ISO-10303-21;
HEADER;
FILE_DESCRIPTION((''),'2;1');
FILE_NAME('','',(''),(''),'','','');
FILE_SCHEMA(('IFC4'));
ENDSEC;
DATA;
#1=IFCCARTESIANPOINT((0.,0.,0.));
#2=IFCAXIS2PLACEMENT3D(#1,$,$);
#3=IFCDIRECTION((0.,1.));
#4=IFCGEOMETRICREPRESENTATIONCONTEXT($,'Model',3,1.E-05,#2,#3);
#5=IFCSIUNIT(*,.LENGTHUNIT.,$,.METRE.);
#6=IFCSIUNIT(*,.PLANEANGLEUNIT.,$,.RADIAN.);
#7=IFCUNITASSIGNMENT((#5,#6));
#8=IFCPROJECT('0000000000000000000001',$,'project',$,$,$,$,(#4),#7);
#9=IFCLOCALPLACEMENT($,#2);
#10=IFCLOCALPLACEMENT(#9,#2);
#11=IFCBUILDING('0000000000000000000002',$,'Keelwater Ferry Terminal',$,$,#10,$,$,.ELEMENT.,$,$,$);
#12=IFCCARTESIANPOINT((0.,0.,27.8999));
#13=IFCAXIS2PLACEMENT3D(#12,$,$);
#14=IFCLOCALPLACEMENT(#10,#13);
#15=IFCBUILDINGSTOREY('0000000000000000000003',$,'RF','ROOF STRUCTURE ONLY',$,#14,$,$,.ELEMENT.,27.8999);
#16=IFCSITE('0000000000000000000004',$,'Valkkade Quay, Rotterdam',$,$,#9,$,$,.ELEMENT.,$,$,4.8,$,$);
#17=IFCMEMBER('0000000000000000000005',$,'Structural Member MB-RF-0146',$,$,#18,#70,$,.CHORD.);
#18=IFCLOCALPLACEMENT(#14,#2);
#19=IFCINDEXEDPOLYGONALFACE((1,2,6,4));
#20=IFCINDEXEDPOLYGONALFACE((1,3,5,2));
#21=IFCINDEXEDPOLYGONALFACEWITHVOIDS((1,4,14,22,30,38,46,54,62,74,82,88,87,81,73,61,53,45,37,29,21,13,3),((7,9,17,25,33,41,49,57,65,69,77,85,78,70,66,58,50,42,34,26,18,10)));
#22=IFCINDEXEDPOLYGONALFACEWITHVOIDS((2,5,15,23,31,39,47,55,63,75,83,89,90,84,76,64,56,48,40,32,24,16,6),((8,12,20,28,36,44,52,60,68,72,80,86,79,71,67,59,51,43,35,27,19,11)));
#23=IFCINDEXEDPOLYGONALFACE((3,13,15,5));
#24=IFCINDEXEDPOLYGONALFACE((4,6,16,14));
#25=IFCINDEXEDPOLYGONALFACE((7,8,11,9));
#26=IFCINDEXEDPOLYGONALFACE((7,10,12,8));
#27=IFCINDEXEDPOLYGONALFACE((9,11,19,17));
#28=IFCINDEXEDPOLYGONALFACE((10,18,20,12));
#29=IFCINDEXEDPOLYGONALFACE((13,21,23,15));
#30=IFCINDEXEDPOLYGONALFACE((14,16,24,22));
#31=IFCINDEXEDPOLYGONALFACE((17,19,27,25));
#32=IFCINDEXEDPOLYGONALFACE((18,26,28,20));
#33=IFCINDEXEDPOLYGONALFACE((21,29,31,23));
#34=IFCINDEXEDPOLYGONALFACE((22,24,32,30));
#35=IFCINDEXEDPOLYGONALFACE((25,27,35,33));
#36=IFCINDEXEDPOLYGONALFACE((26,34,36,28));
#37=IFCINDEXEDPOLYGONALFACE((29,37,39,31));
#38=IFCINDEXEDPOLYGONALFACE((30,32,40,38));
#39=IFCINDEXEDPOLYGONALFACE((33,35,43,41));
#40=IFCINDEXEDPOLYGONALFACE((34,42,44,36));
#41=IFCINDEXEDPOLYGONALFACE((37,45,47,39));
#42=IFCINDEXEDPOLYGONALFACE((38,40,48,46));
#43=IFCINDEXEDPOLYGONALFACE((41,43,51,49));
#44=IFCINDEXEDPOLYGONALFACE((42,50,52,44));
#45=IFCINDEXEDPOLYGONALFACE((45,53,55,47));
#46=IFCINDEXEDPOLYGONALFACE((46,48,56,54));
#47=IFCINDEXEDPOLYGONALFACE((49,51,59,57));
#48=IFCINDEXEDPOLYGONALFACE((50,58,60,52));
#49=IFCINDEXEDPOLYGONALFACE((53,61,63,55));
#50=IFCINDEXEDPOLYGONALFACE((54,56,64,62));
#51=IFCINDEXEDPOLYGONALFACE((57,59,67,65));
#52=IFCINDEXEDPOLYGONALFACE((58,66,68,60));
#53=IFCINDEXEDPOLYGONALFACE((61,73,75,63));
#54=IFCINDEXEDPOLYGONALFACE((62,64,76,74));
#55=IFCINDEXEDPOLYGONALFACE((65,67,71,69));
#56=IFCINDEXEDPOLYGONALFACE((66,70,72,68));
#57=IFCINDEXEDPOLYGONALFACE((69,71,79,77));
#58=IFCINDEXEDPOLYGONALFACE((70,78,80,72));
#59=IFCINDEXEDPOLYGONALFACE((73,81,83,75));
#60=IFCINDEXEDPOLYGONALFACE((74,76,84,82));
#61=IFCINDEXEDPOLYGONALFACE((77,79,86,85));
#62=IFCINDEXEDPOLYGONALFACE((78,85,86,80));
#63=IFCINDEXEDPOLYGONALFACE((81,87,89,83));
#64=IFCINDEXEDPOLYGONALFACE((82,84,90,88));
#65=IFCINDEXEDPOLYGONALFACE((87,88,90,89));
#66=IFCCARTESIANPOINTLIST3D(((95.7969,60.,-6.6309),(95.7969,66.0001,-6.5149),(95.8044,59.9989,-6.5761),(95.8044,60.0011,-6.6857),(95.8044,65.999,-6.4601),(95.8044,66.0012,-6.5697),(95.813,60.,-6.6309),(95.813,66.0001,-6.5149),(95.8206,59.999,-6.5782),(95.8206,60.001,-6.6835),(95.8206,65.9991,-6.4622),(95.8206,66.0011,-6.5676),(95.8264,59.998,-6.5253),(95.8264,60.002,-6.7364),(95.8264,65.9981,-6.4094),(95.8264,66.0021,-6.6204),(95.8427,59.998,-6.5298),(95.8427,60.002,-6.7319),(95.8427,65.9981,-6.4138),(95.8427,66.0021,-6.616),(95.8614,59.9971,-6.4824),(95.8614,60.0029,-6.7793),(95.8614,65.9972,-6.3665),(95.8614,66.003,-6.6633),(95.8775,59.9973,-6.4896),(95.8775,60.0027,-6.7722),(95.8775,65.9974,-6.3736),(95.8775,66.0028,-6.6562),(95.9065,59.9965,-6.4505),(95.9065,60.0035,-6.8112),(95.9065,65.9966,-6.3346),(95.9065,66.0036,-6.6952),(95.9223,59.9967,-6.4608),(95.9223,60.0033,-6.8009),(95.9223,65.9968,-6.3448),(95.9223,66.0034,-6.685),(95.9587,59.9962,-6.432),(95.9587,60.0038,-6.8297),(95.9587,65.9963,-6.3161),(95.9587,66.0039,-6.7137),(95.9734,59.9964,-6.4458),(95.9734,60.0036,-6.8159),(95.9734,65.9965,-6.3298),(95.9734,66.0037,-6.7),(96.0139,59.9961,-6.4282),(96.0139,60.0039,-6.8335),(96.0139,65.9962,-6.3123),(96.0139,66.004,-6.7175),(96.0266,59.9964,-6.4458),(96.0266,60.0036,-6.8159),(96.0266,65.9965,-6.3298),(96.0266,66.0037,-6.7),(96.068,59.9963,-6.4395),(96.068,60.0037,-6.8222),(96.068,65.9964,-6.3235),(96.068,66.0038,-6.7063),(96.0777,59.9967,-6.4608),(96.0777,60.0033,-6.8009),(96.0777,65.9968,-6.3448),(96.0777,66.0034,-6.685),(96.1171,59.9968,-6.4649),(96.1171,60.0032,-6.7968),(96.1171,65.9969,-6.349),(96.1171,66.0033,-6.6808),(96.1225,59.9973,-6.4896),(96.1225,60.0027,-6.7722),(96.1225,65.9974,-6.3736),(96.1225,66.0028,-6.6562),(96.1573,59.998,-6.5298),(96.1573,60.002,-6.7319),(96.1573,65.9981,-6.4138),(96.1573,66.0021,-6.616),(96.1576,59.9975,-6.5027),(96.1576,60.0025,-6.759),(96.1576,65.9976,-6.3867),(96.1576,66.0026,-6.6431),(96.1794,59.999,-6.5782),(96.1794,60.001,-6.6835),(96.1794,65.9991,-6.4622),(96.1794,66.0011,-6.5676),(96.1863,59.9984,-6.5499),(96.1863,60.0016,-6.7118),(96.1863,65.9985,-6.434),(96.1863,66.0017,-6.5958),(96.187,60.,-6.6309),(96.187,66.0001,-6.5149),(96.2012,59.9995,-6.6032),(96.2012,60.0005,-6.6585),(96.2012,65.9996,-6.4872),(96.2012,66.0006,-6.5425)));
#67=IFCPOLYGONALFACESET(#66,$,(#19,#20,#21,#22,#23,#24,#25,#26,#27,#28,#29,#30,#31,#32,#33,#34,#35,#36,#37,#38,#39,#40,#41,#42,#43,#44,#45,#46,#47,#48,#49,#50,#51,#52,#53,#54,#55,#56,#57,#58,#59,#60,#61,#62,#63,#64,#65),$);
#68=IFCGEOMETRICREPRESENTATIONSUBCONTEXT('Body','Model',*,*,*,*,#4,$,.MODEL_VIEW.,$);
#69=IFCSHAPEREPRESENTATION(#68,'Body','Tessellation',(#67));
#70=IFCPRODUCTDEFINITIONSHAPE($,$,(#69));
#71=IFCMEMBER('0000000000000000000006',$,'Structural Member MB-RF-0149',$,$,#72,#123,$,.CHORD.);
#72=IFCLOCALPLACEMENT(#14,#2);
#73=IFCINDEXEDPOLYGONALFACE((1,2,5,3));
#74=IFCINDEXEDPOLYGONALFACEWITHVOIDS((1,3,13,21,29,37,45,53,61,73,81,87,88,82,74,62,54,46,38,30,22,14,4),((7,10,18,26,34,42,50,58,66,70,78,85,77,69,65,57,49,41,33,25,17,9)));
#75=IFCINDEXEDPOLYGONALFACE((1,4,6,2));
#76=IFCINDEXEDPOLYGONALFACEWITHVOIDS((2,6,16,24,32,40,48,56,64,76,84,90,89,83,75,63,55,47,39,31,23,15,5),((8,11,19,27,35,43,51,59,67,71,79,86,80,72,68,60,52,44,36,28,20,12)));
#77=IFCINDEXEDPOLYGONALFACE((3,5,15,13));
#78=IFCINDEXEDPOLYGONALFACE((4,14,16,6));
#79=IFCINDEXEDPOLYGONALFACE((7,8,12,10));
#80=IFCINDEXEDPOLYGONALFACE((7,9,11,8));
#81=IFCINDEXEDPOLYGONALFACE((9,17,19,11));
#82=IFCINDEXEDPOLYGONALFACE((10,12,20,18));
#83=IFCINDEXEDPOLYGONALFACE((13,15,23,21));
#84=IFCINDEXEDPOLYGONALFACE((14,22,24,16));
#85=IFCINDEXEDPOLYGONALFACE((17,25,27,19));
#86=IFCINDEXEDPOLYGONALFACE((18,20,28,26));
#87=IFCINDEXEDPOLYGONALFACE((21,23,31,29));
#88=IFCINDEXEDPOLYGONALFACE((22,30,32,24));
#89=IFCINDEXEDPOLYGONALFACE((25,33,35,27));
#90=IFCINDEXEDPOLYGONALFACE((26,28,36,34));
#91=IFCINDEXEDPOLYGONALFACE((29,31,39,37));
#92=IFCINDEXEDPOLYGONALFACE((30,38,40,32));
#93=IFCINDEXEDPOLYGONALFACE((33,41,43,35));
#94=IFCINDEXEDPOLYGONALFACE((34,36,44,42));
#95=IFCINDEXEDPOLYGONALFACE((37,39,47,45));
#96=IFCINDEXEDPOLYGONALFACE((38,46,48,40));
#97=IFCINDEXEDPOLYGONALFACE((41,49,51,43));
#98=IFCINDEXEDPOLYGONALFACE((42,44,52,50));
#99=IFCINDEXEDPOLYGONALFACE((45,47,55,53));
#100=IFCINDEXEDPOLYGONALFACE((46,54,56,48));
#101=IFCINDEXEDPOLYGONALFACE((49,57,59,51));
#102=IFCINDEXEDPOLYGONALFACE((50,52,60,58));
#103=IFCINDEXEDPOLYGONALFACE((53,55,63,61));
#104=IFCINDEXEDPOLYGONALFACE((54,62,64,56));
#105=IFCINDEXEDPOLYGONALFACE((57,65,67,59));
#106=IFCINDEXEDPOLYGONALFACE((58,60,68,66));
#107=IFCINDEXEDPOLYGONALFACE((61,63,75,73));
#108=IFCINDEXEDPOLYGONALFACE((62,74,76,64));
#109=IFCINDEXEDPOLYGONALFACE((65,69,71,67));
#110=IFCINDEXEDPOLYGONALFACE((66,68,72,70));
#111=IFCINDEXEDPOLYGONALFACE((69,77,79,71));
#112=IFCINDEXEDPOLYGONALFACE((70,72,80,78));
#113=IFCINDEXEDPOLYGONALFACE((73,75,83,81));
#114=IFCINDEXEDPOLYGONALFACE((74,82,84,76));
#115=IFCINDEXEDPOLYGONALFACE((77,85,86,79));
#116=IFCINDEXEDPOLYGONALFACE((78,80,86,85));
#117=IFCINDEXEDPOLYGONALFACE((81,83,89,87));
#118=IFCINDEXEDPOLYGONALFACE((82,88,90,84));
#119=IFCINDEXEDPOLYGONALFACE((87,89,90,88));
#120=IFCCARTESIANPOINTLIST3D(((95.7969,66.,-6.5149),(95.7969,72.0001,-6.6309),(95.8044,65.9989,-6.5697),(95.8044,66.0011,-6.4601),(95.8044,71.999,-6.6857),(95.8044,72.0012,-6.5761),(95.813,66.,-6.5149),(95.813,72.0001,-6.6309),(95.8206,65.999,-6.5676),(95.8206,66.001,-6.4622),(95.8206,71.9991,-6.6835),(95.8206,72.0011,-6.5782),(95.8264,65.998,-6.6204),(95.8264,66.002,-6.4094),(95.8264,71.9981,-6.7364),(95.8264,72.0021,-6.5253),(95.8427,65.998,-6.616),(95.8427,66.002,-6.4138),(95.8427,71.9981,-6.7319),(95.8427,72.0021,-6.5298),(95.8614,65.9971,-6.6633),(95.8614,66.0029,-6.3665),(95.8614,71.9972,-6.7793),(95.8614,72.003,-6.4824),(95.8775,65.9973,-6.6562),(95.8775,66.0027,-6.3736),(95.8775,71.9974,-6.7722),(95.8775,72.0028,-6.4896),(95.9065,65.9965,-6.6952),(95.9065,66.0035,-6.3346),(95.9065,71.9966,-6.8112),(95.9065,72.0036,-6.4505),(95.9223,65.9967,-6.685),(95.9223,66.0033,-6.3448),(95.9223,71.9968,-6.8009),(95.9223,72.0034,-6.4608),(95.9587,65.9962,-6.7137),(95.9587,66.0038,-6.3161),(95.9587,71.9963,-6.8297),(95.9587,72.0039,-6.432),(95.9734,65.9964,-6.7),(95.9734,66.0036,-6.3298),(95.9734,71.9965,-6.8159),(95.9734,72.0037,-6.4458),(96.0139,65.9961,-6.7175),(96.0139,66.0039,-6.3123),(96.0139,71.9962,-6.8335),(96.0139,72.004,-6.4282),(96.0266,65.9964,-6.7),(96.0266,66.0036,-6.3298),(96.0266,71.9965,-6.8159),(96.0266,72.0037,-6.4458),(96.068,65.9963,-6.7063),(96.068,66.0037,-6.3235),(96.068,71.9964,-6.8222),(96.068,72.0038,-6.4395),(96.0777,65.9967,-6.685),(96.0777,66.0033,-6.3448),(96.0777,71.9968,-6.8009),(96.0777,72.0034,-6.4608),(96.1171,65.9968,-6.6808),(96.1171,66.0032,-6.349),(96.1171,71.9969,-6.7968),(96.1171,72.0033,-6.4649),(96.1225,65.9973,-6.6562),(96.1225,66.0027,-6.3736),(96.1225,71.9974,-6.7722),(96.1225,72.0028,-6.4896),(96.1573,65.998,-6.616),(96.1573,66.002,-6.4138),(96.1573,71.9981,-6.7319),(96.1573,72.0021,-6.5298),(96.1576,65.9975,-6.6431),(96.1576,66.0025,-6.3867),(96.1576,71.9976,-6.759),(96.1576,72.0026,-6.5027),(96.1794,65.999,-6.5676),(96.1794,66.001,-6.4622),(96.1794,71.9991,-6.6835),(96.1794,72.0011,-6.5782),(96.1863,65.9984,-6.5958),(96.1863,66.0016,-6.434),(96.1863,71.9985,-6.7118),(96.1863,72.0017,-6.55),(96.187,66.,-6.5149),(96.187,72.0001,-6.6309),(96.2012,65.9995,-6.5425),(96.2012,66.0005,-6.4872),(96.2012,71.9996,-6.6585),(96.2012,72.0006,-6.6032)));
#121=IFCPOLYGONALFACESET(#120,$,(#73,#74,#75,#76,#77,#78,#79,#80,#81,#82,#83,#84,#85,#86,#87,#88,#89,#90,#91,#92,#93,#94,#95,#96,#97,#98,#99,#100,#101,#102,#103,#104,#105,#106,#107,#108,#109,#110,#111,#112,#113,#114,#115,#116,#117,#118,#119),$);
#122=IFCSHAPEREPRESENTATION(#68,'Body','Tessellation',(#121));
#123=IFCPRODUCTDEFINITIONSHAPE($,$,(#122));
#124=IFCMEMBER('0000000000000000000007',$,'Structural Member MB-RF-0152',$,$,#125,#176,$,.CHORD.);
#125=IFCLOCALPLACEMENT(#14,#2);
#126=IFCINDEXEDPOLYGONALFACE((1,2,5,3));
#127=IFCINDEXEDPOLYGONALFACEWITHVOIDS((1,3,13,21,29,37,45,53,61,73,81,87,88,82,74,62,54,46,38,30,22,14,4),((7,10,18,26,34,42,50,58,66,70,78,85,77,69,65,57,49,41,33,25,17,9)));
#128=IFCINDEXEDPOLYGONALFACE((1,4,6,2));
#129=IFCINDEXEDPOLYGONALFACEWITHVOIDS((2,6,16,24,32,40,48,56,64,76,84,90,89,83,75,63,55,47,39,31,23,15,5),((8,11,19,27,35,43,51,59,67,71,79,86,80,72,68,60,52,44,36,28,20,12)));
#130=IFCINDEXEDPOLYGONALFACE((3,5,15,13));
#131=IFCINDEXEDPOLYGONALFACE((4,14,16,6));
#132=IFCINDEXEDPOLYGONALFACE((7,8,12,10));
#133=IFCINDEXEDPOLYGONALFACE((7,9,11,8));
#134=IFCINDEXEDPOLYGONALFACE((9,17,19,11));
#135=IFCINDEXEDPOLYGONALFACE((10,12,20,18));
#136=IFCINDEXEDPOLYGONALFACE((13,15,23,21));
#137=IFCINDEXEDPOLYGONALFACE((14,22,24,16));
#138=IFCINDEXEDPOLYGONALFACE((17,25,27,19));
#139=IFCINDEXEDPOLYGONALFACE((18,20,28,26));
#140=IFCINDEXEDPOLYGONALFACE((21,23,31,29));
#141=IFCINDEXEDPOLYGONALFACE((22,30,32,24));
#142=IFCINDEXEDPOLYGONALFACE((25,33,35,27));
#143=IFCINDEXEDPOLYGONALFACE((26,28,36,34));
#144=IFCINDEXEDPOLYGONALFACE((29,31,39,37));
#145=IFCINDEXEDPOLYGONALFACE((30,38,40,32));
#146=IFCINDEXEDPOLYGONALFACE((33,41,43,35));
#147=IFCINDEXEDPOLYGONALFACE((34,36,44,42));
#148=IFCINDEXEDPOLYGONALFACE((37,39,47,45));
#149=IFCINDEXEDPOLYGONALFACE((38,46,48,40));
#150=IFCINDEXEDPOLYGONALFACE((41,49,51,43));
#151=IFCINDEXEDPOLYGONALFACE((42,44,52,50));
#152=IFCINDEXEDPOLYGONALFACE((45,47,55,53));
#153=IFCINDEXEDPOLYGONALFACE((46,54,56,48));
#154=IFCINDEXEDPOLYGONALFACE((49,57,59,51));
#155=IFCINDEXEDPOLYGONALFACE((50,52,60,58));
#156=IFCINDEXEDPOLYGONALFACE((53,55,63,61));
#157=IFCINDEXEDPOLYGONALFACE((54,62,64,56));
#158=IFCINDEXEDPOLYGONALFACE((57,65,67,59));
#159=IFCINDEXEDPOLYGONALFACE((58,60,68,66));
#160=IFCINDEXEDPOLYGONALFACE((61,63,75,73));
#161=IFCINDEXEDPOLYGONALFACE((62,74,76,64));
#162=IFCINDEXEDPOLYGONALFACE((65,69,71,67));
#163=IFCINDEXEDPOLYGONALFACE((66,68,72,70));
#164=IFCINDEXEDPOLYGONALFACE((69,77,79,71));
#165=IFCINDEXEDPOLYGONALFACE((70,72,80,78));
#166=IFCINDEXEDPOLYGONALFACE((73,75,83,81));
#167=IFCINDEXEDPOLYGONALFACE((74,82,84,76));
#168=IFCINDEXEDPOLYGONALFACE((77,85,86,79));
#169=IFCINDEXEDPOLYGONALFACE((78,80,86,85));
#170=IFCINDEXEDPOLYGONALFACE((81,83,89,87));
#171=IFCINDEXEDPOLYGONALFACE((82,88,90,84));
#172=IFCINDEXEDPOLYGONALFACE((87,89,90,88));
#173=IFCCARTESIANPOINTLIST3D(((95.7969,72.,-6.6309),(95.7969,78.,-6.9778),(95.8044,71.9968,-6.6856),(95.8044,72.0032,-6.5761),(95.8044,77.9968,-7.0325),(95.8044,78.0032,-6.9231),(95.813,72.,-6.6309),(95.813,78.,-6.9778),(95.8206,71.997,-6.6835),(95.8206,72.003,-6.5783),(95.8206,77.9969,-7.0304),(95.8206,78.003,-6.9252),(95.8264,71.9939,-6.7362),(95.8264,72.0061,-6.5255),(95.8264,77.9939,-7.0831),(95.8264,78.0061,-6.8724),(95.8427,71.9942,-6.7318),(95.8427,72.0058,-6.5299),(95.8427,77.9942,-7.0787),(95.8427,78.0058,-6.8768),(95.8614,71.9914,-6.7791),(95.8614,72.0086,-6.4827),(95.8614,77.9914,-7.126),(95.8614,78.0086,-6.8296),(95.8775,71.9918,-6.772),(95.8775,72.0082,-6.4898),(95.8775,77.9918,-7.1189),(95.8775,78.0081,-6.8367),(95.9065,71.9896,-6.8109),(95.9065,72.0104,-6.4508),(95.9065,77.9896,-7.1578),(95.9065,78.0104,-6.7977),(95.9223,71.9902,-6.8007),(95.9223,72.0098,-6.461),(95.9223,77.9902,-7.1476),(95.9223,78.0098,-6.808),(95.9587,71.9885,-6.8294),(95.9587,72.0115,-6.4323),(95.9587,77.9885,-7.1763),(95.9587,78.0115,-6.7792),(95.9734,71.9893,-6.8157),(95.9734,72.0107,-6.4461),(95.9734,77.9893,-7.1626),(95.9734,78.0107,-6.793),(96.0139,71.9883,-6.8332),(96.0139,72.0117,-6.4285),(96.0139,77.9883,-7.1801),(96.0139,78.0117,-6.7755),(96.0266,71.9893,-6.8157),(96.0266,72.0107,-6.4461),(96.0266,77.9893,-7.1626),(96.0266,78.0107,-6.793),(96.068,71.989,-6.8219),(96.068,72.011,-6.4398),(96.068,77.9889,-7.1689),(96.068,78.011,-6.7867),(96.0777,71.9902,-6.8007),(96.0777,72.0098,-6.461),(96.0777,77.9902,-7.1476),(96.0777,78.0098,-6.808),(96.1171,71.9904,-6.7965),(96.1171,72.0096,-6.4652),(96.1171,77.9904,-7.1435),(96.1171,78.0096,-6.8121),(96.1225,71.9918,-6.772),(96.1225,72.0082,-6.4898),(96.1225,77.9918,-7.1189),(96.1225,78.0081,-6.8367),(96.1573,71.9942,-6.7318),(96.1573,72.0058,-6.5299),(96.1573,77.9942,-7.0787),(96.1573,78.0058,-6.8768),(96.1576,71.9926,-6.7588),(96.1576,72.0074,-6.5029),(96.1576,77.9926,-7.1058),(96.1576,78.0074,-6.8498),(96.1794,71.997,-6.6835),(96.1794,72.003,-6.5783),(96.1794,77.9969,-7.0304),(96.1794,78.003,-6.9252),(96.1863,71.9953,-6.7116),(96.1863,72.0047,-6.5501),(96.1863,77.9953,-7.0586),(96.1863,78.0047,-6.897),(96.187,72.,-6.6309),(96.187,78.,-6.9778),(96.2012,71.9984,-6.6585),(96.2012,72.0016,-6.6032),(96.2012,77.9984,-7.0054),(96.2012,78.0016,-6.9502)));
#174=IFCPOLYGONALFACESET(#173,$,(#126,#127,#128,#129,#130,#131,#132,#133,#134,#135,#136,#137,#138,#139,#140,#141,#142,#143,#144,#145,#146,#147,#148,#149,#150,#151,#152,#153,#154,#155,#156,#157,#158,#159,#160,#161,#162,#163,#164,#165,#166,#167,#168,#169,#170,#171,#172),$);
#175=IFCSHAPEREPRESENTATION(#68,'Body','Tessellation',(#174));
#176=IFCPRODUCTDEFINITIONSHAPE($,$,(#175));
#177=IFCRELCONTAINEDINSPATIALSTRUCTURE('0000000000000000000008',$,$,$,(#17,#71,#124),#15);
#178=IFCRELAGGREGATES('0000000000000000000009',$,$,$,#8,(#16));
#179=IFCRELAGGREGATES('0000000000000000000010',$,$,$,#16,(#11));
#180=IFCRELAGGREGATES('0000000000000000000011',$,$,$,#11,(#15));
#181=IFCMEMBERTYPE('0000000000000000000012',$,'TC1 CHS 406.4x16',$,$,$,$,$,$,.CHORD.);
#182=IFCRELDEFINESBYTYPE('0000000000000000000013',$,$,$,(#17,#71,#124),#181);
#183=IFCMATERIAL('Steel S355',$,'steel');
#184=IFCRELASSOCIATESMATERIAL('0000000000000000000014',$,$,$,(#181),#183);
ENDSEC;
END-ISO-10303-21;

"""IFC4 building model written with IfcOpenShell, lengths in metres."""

from ifc_helpers import new_model, si_unit, direction, frame, origin, origin_2d, place, context, subcontext, project, spatial, hollow_circle, extrude, material, material_profile, profile_set, type_object, element, save


model = new_model("IFC4")

# Units and contexts
model_context = context("Model", 3, precision=1e-05, world=origin(), true_north=direction((0.0, 1.0)))
body_context = subcontext(model_context, "Body", "Model", "MODEL_VIEW")
ifc_project = project(units=[si_unit("LENGTHUNIT", "METRE"), si_unit("PLANEANGLEUNIT", "RADIAN")], contexts=[model_context])

# Site, building, storey
site_placement = place(None, origin())
site = spatial("IfcSite", under=ifc_project, at=site_placement, Name="Valkkade Quay, Rotterdam", CompositionType="ELEMENT", RefElevation=4.8)
building_placement = place(site_placement, origin())
building = spatial("IfcBuilding", under=site, at=building_placement, Name="Keelwater Ferry Terminal", CompositionType="ELEMENT")
storey_placement = place(building_placement, frame((0.0, 0.0, 27.8999)))
storey = spatial("IfcBuildingStorey", under=building, at=storey_placement, Name="RF", Description="ROOF STRUCTURE ONLY", CompositionType="ELEMENT", Elevation=27.8999)

# Members
ifc_material_1 = material(Name="Steel S355", Category="steel")
ifc_material_profile_1 = material_profile(ifc_material_1, hollow_circle(Radius=0.2031, WallThickness=0.0161, at=origin_2d()), Name="CHS 406.4x16")
ifc_profile_set_1 = profile_set([ifc_material_profile_1], Name="Steel S355")
member_type_1 = type_object("IfcMemberType", Name="TC1 CHS 406.4x16", PredefinedType="CHORD", material=ifc_profile_set_1)
for number, where, z_axis, x_axis, name in (
    (1, (96.0, 60.0, -6.6309), (0.0, 0.999813, 0.019324), (-1.0, 0.0, 0.0), "Structural Member MB-RF-0146"),
    (2, (96.0, 66.0, -6.5149), (0.0, 0.999813, -0.019324), (-1.0, 0.0, 0.0), "Structural Member MB-RF-0149"),
):
    element("IfcMember", number, at=place(storey_placement, frame(where, z_axis=z_axis, x_axis=x_axis)), inside=storey, type_object=member_type_1, Name=name, PredefinedType="CHORD", context=body_context, shape_type="SweptSolid", body=[
        extrude(hollow_circle(Radius=0.2031, WallThickness=0.0161, at=origin_2d()), origin(), (0.0, 0.0, 1.0), 6.0012),
    ])
member_1_placement = place(storey_placement, frame((96.0, 72.0, -6.6309), z_axis=(0.0, 0.998333, -0.057724), x_axis=(-1.0, 0.0, 0.0)))
element("IfcMember", 3, at=member_1_placement, inside=storey, type_object=member_type_1, Name="Structural Member MB-RF-0152", PredefinedType="CHORD", context=body_context, shape_type="SweptSolid", body=[
    extrude(hollow_circle(Radius=0.2031, WallThickness=0.0161, at=origin_2d()), origin(), (0.0, 0.0, 1.0), 6.01),
])

save(model, "model.ifc")
